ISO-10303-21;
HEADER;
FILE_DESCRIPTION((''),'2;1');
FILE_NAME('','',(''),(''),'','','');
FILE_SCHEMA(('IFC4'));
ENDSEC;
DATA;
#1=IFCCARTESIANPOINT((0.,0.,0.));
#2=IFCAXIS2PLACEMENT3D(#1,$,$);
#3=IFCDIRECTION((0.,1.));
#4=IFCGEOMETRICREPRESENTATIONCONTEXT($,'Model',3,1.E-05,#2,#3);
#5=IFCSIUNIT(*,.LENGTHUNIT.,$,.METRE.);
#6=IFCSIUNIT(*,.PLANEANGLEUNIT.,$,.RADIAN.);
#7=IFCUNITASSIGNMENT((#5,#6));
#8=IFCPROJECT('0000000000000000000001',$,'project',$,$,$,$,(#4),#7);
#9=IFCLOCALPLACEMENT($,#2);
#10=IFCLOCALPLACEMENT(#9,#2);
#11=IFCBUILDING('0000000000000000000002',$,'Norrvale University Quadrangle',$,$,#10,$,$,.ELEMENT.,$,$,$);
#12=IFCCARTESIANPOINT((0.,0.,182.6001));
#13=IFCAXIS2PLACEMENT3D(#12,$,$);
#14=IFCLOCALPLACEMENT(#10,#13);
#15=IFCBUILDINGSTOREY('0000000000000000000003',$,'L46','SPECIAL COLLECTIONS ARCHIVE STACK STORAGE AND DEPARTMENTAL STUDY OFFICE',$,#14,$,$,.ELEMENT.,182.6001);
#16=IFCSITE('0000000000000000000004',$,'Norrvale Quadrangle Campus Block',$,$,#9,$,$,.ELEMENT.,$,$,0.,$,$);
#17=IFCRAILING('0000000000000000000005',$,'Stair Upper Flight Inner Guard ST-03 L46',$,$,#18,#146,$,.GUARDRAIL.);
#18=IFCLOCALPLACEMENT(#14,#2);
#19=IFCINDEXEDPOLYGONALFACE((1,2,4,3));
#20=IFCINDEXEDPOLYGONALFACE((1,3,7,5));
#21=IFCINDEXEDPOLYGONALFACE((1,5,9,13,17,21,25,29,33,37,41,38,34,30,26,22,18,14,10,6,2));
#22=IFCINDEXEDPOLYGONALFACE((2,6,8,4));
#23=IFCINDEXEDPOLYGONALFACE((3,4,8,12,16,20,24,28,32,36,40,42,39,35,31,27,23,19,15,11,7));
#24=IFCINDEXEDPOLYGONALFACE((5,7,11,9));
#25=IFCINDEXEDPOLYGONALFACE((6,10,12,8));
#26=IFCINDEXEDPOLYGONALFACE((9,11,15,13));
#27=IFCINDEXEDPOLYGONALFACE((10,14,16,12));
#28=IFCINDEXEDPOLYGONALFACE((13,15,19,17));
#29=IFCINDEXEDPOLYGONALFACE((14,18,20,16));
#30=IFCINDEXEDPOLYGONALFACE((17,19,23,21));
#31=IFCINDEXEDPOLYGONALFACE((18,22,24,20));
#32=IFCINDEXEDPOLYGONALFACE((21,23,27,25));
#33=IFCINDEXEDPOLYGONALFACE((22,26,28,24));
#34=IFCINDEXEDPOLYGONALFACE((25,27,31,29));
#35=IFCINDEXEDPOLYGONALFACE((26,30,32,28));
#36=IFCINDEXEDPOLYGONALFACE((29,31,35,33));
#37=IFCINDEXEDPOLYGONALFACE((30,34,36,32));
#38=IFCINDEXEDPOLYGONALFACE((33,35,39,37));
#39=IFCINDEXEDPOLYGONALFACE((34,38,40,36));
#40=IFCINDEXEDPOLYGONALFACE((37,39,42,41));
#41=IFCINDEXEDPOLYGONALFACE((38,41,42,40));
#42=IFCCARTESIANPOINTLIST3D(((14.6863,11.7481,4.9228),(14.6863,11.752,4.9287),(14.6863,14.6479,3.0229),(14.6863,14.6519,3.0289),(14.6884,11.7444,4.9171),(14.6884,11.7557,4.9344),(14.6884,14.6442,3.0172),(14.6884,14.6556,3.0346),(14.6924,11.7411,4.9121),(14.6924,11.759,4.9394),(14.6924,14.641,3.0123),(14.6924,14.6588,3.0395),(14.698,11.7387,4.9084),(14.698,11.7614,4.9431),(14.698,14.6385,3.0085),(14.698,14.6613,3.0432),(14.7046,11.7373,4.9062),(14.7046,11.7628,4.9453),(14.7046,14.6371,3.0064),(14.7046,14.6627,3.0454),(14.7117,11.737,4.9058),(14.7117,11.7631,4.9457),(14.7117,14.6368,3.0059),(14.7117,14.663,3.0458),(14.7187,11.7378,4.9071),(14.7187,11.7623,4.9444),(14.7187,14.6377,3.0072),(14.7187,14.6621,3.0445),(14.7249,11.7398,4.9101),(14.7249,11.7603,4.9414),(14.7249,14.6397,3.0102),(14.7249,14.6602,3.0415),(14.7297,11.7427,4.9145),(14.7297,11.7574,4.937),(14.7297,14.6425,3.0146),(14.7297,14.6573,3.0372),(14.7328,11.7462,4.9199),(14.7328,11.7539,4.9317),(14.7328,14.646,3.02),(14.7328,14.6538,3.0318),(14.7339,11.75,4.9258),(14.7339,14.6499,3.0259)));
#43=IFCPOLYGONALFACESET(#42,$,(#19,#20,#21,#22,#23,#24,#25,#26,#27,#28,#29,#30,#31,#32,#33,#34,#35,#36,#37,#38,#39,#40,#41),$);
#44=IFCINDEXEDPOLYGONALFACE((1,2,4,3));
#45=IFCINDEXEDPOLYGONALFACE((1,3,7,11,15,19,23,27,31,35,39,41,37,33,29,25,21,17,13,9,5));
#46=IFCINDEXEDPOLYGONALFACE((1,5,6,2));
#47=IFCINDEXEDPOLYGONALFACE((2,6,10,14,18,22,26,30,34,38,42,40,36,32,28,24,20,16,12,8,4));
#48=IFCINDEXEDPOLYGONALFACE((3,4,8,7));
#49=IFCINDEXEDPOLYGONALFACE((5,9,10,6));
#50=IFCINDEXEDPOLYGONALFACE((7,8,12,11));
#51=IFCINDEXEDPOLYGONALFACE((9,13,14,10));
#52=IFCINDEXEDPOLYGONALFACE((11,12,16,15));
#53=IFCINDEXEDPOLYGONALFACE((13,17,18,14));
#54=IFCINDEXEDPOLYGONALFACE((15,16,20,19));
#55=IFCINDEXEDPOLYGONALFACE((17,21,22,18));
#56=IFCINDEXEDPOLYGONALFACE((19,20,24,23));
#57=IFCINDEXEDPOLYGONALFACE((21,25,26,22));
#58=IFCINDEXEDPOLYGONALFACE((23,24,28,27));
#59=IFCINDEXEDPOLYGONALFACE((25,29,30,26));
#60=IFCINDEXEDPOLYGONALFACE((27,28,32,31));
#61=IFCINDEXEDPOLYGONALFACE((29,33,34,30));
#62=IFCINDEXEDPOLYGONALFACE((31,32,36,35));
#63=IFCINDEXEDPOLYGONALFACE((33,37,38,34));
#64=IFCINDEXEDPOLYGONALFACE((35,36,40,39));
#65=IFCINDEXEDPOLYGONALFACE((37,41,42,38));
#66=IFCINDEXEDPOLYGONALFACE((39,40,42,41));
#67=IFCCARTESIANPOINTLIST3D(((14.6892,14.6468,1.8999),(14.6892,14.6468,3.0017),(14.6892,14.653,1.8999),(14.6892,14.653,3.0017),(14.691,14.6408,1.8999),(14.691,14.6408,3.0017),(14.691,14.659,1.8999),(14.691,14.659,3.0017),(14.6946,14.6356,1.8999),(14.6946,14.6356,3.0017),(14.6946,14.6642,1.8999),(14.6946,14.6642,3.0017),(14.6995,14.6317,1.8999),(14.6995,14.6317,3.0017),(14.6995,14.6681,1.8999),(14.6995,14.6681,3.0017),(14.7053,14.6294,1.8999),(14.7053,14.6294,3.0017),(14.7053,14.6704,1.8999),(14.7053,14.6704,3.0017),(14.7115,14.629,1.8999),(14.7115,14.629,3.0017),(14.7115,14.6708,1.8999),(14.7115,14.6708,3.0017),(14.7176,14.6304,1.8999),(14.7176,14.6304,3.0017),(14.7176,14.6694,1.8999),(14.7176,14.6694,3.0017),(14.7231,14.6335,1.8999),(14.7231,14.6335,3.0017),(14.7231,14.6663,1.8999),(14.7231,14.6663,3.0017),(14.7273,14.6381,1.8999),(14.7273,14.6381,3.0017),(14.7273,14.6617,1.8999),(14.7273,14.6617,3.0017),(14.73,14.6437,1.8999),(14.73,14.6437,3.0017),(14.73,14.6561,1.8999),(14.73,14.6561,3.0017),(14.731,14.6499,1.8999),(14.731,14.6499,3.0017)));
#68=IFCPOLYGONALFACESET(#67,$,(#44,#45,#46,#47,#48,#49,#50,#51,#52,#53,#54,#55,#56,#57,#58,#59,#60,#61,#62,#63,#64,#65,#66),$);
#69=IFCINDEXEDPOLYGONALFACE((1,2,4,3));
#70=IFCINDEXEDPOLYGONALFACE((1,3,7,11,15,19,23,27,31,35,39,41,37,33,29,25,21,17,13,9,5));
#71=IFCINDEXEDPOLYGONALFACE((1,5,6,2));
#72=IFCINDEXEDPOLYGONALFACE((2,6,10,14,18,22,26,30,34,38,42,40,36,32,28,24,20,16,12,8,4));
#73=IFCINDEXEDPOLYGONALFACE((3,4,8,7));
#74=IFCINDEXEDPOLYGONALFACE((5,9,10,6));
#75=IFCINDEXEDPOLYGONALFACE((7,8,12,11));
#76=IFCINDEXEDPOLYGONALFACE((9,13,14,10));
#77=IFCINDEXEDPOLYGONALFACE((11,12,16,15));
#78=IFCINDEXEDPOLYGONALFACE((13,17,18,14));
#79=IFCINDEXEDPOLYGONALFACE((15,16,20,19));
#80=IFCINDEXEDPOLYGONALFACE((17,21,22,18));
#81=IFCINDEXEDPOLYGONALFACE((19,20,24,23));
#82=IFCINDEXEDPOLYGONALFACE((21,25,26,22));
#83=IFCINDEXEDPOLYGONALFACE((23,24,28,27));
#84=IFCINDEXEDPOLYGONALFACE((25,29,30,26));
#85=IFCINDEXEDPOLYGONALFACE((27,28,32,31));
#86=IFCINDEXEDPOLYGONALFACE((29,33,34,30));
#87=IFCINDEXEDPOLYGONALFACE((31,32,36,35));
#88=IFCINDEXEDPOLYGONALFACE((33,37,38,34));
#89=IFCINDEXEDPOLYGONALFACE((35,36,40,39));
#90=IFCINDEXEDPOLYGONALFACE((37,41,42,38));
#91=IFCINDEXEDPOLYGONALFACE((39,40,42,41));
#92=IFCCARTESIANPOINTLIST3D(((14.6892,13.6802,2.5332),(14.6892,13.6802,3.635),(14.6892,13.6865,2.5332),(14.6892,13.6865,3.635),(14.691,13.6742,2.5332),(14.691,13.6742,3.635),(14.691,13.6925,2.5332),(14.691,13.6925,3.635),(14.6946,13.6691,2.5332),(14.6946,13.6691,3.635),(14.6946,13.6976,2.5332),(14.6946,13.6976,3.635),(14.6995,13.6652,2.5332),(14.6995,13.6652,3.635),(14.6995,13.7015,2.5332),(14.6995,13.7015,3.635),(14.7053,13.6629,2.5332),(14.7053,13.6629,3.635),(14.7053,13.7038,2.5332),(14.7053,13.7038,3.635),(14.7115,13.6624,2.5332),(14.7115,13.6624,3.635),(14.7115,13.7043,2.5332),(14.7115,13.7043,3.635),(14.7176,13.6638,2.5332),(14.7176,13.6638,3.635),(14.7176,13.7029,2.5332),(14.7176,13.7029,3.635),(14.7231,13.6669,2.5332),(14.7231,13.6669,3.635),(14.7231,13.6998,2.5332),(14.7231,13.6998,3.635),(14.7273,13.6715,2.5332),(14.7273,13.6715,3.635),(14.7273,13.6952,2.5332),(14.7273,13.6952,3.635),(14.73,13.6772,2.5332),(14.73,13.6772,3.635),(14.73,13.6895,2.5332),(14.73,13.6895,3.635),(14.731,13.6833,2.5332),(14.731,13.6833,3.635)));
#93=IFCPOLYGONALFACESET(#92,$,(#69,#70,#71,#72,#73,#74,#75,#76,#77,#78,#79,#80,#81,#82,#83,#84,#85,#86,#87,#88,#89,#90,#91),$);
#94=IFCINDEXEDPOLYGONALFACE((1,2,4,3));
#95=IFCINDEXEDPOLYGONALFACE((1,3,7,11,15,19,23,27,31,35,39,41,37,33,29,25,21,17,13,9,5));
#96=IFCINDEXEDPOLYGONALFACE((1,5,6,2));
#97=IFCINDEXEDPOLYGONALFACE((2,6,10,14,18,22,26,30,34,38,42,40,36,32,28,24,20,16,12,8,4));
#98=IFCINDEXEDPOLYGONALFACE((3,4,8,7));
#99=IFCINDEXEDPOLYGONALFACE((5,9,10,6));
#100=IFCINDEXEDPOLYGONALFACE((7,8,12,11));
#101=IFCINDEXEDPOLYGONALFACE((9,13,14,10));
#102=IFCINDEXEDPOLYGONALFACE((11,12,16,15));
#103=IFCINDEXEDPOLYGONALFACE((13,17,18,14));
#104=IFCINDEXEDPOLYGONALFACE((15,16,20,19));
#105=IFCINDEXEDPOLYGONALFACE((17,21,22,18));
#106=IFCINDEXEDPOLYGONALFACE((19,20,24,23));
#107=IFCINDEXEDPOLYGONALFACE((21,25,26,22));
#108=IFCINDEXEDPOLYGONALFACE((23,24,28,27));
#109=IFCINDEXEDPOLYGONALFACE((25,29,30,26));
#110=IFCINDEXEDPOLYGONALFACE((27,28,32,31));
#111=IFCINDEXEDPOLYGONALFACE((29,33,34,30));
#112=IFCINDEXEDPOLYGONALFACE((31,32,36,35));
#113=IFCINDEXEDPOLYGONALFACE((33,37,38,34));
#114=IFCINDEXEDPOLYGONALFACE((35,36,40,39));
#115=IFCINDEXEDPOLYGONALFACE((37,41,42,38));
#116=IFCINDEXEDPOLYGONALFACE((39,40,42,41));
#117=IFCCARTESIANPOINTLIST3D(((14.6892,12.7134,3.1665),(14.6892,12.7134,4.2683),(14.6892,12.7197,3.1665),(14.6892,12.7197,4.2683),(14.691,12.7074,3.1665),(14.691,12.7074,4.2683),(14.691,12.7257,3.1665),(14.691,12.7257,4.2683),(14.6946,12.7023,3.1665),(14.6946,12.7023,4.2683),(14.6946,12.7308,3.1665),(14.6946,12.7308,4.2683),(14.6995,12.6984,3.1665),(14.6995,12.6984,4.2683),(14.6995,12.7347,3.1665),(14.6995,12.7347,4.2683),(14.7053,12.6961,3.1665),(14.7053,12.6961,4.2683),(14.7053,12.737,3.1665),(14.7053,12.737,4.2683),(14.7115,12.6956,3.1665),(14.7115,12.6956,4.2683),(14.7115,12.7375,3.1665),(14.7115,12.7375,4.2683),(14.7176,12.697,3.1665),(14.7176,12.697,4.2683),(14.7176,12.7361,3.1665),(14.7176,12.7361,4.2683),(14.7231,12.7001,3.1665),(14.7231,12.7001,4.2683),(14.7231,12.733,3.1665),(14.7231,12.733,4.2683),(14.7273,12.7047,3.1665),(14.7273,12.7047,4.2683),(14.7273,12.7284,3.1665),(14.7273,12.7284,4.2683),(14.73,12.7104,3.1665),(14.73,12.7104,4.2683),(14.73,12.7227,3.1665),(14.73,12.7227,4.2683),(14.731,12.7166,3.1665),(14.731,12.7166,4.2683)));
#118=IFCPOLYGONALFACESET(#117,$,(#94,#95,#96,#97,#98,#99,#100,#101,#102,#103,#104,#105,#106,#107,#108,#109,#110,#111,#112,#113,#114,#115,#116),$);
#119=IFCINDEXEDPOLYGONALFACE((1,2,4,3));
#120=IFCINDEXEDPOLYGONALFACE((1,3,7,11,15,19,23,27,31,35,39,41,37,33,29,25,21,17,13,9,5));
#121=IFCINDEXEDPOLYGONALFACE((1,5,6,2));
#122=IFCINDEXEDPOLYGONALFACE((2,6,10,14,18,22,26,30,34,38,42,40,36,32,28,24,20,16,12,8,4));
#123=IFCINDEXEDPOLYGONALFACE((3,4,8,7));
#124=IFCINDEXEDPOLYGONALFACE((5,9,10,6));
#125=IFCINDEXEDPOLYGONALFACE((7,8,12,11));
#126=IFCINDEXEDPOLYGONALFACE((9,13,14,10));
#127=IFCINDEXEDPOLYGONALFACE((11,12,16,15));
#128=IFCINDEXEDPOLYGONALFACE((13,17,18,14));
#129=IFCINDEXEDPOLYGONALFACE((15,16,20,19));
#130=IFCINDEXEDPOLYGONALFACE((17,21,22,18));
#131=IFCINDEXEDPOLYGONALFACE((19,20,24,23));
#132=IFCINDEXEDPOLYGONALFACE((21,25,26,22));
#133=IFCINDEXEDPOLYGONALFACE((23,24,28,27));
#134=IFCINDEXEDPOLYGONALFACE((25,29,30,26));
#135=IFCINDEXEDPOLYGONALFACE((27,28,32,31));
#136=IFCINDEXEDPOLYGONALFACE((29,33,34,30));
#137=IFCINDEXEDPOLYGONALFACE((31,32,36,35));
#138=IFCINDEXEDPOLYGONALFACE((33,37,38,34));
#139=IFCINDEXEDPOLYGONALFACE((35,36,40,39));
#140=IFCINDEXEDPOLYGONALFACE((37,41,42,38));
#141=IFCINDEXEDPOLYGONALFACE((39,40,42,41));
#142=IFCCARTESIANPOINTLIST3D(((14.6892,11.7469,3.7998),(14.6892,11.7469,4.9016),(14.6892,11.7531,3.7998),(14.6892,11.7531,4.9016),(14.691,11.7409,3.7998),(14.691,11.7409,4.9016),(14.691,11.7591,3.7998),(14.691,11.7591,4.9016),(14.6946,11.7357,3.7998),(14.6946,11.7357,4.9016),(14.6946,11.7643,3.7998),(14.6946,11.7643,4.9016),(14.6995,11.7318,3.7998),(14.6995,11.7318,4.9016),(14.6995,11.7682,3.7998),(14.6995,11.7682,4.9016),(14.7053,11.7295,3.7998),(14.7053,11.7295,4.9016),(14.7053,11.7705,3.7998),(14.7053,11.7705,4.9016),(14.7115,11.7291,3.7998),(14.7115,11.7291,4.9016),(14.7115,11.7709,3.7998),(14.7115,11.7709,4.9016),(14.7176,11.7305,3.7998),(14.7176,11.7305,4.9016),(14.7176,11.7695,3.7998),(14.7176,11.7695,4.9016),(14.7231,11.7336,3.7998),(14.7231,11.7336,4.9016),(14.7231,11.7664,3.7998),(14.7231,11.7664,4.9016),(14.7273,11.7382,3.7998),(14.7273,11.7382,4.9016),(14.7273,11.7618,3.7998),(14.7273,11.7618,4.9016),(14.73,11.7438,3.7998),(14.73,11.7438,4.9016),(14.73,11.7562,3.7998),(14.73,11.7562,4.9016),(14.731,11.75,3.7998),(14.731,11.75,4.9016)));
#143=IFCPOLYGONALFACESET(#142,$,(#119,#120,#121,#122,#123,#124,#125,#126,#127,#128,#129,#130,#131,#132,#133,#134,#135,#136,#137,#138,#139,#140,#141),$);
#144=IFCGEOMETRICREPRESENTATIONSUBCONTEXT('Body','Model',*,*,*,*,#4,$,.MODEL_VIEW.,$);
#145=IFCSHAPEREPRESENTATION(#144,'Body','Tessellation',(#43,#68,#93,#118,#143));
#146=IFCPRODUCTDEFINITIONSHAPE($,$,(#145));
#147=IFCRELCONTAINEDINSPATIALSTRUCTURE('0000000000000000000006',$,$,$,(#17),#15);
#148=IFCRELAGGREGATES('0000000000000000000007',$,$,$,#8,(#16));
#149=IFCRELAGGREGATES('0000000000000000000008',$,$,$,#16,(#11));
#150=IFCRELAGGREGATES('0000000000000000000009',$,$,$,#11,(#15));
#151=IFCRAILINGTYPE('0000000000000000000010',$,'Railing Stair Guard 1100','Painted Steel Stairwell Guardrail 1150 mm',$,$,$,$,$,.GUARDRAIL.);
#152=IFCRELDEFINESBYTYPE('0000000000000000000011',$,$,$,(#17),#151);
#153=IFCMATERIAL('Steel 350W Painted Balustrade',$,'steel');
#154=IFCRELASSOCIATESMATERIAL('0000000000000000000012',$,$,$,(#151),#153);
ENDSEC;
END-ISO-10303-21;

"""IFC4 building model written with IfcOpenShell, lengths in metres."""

from ifc_helpers import new_model, si_unit, direction, frame, origin, origin_2d, place, context, subcontext, project, spatial, circle, extrude, material, type_object, element, save


model = new_model("IFC4")

# Units and contexts
model_context = context("Model", 3, precision=1e-05, world=origin(), true_north=direction((0.0, 1.0)))
body_context = subcontext(model_context, "Body", "Model", "MODEL_VIEW")
ifc_project = project(units=[si_unit("LENGTHUNIT", "METRE"), si_unit("PLANEANGLEUNIT", "RADIAN")], contexts=[model_context])

# Site, building, storey
site_placement = place(None, origin())
site = spatial("IfcSite", under=ifc_project, at=site_placement, Name="Norrvale Quadrangle Campus Block", CompositionType="ELEMENT", RefElevation=0.0)
building_placement = place(site_placement, origin())
building = spatial("IfcBuilding", under=site, at=building_placement, Name="Norrvale University Quadrangle", CompositionType="ELEMENT")
storey_placement = place(building_placement, frame((0.0, 0.0, 182.6001)))
storey = spatial("IfcBuildingStorey", under=building, at=storey_placement, Name="L46", Description="SPECIAL COLLECTIONS ARCHIVE STACK STORAGE AND DEPARTMENTAL STUDY OFFICE", CompositionType="ELEMENT", Elevation=182.6001)

# Railing
ifc_material_1 = material(Name="Steel 350W Painted Balustrade", Category="steel")
railing_type_1 = type_object("IfcRailingType", Name="Railing Stair Guard 1100", Description="Painted Steel Stairwell Guardrail 1150 mm", PredefinedType="GUARDRAIL", material=ifc_material_1)
railing_1_placement = place(storey_placement, frame((14.71, 14.6499, 1.8999)))
element("IfcRailing", 1, at=railing_1_placement, inside=storey, type_object=railing_type_1, Name="Stair Upper Flight Inner Guard ST-03 L46", PredefinedType="GUARDRAIL", context=body_context, shape_type="SweptSolid", body=[
    extrude(circle(Radius=0.0239, at=origin_2d()), frame((0.0, 0.0, 1.126), z_axis=(0.0, -0.836466, 0.548019), x_axis=(1.0, 0.0, 0.0)), (0.0, 0.0, 1.0), 3.4668),
    extrude(circle(Radius=0.021, at=origin_2d()), origin(), (0.0, 0.0, 1.0), 1.1018),
    extrude(circle(Radius=0.021, at=origin_2d()), frame((0.0, -0.9666, 0.6333)), (0.0, 0.0, 1.0), 1.1018),
    extrude(circle(Radius=0.021, at=origin_2d()), frame((0.0, -1.9333, 1.2666)), (0.0, 0.0, 1.0), 1.1018),
    extrude(circle(Radius=0.021, at=origin_2d()), frame((0.0, -2.8999, 1.8999)), (0.0, 0.0, 1.0), 1.1018),
])

save(model, "model.ifc")
